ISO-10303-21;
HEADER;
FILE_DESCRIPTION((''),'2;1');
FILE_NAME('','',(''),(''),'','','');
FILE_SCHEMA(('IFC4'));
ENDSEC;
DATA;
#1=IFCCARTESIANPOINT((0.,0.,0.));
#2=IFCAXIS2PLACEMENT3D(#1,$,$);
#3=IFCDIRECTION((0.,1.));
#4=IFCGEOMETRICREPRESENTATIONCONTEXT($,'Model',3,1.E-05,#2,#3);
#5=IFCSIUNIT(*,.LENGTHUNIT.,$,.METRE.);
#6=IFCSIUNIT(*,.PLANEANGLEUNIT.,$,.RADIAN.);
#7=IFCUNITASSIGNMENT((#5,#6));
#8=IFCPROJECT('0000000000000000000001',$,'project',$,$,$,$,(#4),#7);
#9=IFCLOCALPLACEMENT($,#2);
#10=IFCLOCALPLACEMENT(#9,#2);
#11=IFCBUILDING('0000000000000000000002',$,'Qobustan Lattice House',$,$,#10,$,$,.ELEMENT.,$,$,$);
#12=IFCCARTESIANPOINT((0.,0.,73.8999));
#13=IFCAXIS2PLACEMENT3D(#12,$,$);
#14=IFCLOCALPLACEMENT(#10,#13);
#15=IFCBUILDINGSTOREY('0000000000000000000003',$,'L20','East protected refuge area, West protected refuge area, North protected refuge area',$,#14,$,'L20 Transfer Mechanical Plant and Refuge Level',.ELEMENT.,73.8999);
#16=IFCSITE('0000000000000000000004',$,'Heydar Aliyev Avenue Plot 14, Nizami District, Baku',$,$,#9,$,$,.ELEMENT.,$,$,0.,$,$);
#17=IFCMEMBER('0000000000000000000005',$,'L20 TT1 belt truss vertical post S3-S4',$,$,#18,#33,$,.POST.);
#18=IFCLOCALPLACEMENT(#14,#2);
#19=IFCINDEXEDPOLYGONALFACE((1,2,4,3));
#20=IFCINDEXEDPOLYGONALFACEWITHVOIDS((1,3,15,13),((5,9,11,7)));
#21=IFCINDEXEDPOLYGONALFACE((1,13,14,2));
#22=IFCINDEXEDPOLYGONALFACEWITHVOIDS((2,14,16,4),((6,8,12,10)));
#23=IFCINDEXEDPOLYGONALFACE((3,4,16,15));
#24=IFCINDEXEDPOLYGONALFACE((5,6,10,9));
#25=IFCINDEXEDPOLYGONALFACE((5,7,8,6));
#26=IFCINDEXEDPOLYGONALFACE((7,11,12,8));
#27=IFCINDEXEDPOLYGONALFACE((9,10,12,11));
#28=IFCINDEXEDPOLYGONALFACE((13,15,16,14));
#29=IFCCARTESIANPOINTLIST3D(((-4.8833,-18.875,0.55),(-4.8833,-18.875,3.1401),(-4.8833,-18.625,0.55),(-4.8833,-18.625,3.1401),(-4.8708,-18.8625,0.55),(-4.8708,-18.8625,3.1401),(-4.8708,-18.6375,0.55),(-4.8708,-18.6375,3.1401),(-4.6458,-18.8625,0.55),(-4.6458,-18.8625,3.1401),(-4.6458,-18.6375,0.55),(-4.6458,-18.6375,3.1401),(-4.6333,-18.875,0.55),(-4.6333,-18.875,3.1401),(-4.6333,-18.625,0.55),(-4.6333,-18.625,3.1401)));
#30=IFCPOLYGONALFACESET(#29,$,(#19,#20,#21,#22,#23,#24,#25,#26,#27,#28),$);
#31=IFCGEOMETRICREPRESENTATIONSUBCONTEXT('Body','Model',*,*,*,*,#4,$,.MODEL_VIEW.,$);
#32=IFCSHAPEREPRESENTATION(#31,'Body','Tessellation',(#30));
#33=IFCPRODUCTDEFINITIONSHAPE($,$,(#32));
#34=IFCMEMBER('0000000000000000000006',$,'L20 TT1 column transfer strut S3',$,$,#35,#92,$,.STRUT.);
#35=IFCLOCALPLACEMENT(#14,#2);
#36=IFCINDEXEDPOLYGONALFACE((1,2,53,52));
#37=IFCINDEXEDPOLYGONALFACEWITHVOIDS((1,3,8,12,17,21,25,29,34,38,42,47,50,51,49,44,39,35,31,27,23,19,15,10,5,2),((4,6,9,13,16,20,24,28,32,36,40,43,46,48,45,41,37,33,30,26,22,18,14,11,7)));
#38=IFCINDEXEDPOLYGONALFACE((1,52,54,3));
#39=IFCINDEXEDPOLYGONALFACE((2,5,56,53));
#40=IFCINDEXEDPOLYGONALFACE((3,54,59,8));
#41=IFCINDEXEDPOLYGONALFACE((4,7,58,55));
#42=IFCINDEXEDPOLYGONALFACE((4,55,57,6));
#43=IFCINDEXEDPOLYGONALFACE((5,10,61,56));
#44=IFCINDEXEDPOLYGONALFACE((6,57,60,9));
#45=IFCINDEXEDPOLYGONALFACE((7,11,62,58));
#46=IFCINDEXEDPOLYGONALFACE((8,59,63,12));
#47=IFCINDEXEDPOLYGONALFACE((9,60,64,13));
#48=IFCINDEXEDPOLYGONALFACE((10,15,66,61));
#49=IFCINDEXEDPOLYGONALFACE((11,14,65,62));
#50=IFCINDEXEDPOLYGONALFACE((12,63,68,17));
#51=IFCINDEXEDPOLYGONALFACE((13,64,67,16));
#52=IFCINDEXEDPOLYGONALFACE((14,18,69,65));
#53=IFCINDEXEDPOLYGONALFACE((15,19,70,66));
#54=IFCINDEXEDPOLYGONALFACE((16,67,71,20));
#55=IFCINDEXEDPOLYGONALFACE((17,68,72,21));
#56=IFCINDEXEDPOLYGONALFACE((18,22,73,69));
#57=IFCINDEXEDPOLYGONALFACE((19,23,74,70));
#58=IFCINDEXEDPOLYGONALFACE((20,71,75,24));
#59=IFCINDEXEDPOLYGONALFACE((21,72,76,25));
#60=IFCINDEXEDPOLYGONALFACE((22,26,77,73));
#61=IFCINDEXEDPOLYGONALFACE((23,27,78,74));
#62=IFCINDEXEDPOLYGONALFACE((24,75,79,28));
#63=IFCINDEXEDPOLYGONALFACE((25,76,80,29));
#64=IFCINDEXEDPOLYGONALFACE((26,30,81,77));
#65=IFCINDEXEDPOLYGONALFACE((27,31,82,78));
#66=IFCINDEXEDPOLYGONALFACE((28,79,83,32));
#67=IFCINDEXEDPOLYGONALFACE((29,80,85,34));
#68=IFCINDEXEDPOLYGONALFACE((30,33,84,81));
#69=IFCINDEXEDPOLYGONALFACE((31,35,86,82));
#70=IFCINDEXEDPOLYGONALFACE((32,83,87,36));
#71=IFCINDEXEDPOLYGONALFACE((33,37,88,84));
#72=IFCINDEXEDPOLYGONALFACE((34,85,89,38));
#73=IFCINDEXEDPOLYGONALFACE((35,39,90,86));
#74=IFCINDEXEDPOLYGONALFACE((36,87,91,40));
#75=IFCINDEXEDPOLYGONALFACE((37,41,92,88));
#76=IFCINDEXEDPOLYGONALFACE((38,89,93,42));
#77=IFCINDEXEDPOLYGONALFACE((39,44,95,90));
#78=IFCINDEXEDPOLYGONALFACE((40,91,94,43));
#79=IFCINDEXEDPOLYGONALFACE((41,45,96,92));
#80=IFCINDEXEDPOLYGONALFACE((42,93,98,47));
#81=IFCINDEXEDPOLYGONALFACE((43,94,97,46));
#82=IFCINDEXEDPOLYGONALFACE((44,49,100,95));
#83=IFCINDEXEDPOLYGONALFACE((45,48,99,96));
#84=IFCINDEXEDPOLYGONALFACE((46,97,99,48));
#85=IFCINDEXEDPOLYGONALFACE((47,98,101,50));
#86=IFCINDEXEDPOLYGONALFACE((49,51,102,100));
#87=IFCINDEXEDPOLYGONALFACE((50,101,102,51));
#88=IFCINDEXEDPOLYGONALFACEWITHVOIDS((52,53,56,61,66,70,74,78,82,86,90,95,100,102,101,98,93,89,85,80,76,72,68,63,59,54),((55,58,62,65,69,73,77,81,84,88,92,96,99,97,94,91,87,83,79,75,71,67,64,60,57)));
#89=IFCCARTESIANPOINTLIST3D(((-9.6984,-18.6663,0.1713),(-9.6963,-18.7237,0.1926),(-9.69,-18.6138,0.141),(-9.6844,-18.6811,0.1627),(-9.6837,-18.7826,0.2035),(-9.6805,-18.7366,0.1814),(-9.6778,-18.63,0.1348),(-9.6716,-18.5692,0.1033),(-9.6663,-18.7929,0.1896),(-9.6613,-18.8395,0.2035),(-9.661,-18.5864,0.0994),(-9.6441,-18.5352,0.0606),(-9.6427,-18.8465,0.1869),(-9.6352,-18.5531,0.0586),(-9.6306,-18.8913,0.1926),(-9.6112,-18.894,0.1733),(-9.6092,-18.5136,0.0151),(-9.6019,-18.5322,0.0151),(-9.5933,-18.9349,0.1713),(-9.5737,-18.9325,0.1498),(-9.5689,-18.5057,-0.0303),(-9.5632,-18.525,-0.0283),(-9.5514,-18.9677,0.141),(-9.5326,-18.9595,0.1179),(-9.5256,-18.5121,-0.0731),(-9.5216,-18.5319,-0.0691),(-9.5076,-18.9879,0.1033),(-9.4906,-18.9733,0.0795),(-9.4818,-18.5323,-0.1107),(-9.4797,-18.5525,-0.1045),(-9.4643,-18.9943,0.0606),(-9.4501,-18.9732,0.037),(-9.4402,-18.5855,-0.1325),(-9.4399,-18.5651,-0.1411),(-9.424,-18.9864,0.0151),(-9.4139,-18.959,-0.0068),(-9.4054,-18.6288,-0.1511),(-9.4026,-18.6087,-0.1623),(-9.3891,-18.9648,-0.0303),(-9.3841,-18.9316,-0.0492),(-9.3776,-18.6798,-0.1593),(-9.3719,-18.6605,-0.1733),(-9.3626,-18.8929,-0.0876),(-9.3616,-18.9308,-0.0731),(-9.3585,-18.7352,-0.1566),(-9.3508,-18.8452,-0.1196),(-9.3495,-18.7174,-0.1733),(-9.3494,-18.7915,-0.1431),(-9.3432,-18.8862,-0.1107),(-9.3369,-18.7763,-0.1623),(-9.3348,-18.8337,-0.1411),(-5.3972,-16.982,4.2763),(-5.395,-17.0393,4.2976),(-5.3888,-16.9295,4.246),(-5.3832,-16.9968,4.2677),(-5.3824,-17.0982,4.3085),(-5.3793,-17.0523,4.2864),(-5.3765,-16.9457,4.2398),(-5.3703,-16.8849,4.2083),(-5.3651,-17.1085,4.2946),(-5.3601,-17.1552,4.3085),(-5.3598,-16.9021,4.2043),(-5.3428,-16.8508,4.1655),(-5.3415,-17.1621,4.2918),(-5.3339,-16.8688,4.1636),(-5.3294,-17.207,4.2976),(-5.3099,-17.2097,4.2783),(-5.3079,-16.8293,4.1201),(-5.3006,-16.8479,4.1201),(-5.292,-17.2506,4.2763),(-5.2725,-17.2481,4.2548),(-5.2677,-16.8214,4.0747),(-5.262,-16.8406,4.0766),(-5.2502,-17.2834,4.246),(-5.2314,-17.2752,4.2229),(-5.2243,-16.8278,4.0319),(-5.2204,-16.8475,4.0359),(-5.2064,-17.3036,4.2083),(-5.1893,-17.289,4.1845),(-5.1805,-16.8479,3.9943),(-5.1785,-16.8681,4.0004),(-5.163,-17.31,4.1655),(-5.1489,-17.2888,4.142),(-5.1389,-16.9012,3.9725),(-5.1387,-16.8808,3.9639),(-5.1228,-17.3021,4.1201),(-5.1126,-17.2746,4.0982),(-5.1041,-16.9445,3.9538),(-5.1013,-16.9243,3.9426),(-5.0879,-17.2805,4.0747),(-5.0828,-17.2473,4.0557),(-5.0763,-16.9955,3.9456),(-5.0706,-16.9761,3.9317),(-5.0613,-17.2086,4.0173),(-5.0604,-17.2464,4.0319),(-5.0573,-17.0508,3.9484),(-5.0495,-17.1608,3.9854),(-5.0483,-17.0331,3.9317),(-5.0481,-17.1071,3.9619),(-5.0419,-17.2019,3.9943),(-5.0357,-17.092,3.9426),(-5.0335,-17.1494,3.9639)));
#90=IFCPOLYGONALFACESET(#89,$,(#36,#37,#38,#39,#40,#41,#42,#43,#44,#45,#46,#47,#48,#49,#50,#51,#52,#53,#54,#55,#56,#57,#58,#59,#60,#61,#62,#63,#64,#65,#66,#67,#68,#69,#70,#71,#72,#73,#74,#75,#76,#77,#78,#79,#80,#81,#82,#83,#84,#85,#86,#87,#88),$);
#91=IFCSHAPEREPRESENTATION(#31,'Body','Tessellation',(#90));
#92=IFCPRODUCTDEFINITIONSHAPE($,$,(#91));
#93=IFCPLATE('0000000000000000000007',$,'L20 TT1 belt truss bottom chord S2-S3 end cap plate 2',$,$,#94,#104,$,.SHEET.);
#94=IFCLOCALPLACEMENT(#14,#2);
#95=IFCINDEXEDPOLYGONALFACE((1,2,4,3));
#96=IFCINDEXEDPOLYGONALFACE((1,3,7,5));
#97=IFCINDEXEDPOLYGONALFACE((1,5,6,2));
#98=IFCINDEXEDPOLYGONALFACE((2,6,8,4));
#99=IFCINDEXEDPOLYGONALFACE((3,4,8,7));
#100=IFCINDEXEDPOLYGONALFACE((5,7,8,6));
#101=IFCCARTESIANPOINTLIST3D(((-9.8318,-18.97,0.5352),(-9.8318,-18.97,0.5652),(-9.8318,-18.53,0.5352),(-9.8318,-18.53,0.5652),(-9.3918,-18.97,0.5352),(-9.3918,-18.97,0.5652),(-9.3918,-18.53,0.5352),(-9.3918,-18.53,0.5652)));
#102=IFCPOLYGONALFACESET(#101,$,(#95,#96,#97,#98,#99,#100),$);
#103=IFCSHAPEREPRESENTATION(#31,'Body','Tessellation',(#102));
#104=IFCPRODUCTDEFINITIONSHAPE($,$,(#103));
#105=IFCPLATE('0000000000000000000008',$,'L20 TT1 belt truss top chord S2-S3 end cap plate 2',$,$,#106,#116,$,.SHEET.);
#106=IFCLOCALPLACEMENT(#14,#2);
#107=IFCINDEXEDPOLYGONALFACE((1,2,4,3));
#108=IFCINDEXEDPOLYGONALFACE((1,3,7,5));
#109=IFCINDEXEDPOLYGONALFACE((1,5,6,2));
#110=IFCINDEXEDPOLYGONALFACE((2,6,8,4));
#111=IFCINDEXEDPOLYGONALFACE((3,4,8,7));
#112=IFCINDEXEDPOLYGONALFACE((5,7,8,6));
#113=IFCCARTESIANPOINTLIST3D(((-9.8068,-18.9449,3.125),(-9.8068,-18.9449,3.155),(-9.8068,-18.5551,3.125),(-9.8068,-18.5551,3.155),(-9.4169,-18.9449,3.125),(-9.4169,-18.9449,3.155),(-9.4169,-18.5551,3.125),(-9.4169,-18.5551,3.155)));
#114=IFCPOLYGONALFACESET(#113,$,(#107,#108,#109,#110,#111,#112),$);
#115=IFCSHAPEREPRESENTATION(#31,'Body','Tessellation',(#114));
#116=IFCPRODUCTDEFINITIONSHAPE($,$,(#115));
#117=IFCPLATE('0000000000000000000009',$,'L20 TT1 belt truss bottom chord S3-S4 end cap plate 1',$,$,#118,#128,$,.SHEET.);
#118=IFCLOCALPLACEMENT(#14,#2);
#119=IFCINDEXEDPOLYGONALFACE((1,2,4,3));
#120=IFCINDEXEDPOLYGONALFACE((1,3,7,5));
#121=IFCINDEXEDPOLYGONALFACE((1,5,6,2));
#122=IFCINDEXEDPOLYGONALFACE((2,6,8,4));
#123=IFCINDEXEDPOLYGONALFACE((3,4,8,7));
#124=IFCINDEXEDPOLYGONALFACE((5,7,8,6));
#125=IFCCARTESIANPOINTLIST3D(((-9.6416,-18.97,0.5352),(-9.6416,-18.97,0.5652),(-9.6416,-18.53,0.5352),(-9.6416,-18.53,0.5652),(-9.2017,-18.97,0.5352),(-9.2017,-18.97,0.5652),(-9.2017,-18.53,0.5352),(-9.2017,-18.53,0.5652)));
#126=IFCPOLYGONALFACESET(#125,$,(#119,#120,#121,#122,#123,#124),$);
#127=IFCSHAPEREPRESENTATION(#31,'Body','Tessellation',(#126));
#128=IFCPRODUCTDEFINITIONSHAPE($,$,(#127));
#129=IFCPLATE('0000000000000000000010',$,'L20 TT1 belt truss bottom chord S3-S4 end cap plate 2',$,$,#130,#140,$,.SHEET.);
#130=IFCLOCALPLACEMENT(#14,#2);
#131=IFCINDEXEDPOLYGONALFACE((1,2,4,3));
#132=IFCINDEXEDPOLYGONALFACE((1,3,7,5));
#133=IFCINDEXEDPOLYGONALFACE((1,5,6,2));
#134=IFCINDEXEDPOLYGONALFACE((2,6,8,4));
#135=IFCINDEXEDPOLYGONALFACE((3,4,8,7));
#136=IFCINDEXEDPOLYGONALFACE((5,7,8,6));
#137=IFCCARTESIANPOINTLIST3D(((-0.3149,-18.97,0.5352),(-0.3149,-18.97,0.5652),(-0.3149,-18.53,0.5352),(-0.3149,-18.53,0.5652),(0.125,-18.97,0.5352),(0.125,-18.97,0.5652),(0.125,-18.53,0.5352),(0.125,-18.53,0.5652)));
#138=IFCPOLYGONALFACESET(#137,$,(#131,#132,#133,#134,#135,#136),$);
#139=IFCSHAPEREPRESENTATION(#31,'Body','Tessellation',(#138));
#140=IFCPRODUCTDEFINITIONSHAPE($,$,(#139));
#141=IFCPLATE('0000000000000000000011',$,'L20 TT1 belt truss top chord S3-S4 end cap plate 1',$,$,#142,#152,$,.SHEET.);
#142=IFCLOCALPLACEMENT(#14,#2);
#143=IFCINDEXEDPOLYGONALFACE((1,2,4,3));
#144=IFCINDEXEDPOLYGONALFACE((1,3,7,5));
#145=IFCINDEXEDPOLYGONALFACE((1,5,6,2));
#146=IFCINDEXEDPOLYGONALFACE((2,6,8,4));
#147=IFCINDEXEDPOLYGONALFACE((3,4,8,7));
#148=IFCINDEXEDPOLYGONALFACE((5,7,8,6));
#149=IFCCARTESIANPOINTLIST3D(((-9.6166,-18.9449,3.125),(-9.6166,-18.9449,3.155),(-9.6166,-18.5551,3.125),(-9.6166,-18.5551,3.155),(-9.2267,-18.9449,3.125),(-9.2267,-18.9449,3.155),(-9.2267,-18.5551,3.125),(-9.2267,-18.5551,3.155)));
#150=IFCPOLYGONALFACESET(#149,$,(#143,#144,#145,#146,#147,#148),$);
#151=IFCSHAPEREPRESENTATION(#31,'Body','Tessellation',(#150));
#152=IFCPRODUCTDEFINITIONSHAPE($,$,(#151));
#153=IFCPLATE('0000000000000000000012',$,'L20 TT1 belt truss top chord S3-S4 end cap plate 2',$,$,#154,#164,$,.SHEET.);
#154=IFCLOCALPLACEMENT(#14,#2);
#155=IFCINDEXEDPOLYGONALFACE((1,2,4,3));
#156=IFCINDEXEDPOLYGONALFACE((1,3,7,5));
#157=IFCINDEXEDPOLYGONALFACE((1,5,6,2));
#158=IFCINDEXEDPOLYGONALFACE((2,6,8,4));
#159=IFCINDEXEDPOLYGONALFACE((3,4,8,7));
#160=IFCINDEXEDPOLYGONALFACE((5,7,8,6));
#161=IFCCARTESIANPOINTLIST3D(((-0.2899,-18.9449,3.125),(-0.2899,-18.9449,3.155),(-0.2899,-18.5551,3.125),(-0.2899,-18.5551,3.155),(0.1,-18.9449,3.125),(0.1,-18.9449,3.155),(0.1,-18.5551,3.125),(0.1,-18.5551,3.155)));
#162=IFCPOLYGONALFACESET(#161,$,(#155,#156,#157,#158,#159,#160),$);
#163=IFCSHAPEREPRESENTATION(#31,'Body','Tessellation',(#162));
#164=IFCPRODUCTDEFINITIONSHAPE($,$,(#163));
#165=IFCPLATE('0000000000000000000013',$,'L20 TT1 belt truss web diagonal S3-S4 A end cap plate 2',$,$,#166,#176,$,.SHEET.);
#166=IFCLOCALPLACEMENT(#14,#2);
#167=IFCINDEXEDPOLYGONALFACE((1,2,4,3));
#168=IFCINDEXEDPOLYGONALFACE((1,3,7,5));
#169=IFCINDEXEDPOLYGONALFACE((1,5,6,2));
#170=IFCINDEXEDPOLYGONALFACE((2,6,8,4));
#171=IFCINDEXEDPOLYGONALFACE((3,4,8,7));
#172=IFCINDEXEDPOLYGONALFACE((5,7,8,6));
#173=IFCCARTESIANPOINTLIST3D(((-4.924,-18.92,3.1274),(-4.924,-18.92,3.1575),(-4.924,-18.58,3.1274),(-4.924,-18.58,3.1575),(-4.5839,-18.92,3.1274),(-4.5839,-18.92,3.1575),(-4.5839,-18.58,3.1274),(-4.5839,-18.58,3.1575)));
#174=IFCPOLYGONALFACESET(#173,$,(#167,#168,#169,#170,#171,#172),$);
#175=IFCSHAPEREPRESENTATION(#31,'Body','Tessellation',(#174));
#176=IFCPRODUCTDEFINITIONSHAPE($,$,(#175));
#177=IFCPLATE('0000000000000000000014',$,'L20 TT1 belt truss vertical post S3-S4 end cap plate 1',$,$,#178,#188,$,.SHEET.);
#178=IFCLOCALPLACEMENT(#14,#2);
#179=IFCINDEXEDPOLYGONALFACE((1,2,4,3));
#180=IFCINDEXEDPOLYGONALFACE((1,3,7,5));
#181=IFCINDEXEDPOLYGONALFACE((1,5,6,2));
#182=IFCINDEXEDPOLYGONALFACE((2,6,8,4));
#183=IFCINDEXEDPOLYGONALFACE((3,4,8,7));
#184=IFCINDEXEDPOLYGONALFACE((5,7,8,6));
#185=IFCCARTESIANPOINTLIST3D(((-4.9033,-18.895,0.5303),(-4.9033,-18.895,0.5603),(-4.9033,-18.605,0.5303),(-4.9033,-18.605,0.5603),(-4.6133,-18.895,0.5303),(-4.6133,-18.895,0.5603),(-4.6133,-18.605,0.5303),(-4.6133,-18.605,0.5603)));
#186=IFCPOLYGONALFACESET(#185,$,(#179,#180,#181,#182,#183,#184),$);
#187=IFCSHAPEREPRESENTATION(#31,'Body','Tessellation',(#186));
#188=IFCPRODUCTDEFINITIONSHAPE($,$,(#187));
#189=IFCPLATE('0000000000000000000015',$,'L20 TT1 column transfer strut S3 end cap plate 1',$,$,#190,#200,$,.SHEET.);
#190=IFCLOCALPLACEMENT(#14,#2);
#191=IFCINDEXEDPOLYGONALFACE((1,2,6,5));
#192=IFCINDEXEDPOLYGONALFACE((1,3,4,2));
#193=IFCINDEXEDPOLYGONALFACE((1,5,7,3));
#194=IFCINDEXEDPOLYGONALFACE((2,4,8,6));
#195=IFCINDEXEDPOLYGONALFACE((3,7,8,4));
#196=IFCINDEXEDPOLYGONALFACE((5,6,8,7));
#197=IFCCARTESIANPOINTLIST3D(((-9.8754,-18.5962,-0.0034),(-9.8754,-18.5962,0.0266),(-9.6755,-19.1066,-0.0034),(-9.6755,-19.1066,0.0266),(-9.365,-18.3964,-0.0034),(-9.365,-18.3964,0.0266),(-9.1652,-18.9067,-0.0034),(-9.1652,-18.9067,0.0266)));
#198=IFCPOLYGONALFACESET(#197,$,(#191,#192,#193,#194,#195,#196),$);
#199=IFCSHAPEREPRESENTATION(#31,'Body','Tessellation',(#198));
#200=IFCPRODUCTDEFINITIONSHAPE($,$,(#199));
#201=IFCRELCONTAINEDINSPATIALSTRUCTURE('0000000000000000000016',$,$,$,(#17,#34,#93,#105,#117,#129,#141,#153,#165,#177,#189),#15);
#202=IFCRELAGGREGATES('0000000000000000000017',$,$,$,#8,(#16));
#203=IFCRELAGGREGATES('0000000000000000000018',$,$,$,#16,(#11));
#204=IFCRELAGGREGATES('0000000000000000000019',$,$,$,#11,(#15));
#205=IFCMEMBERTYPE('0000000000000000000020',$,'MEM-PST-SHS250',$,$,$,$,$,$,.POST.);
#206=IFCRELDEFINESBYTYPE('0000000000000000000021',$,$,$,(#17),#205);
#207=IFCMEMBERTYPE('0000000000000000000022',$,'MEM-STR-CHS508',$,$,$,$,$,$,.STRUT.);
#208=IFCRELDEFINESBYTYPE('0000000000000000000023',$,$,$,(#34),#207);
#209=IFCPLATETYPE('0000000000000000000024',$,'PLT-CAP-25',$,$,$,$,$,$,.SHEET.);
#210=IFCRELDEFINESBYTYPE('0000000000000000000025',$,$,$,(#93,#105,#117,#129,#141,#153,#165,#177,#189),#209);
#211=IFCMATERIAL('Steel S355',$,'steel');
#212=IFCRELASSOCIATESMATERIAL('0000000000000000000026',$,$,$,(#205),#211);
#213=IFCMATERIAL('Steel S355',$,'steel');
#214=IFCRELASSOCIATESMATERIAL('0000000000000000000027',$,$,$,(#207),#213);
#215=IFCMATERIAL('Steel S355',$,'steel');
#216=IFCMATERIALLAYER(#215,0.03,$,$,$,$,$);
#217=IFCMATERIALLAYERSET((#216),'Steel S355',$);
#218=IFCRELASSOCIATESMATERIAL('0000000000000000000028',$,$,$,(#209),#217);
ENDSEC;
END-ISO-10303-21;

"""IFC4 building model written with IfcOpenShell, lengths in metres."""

from ifc_helpers import new_model, si_unit, direction, frame, origin, origin_2d, place, context, subcontext, project, spatial, rectangle, hollow_rectangle, hollow_circle, extrude, material, layer, layer_set, material_profile, profile_set, type_object, element, save


model = new_model("IFC4")

# Units and contexts
model_context = context("Model", 3, precision=1e-05, world=origin(), true_north=direction((0.0, 1.0)))
body_context = subcontext(model_context, "Body", "Model", "MODEL_VIEW")
ifc_project = project(units=[si_unit("LENGTHUNIT", "METRE"), si_unit("PLANEANGLEUNIT", "RADIAN")], contexts=[model_context])

# Site, building, storey
site_placement = place(None, origin())
site = spatial("IfcSite", under=ifc_project, at=site_placement, Name="Heydar Aliyev Avenue Plot 14, Nizami District, Baku", CompositionType="ELEMENT", RefElevation=0.0)
building_placement = place(site_placement, origin())
building = spatial("IfcBuilding", under=site, at=building_placement, Name="Qobustan Lattice House", CompositionType="ELEMENT")
storey_placement = place(building_placement, frame((0.0, 0.0, 73.8999)))
storey = spatial("IfcBuildingStorey", under=building, at=storey_placement, Name="L20", Description="East protected refuge area, West protected refuge area, North protected refuge area", LongName="L20 Transfer Mechanical Plant and Refuge Level", CompositionType="ELEMENT", Elevation=73.8999)

# Members
ifc_material_1 = material(Name="Steel S355", Category="steel")
ifc_material_profile_1 = material_profile(ifc_material_1, hollow_rectangle(XDim=0.25, YDim=0.25, WallThickness=0.0125, at=origin_2d()), Name="SHS250x250x12.5")
ifc_profile_set_1 = profile_set([ifc_material_profile_1], Name="Steel S355")
member_type_1 = type_object("IfcMemberType", Name="MEM-PST-SHS250", PredefinedType="POST", material=ifc_profile_set_1)
member_1_placement = place(storey_placement, frame((-4.7583, -18.75, 0.55), z_axis=(0.0, 0.0, 1.0), x_axis=(1.0, 0.0, 0.0)))
element("IfcMember", 1, at=member_1_placement, inside=storey, type_object=member_type_1, Name="L20 TT1 belt truss vertical post S3-S4", PredefinedType="POST", context=body_context, shape_type="SweptSolid", body=[
    extrude(hollow_rectangle(XDim=0.25, YDim=0.25, WallThickness=0.0125, at=origin_2d()), origin(), (0.0, 0.0, 1.0), 2.5901),
])
ifc_material_2 = material(Name="Steel S355", Category="steel")
ifc_material_profile_2 = material_profile(ifc_material_2, hollow_circle(Radius=0.2539, WallThickness=0.02, at=origin_2d()), Name="CHS508x20")
ifc_profile_set_2 = profile_set([ifc_material_profile_2], Name="Steel S355")
member_type_2 = type_object("IfcMemberType", Name="MEM-STR-CHS508", PredefinedType="STRUT", material=ifc_profile_set_2)
member_2_placement = place(storey_placement, frame((-9.5166, -18.75, 0.0151), z_axis=(0.696032, 0.272558, 0.664268), x_axis=(-0.364629, 0.931153, 0.0)))
element("IfcMember", 2, at=member_2_placement, inside=storey, type_object=member_type_2, Name="L20 TT1 column transfer strut S3", PredefinedType="STRUT", context=body_context, shape_type="SweptSolid", body=[
    extrude(hollow_circle(Radius=0.2539, WallThickness=0.02, at=origin_2d()), origin(), (0.0, 0.0, 1.0), 6.1797),
])

# Plates
ifc_material_3 = material(Name="Steel S355", Category="steel")
ifc_layer = layer(ifc_material_3, 0.03)
ifc_layer_set = layer_set([ifc_layer], Name="Steel S355")
plate_type = type_object("IfcPlateType", Name="PLT-CAP-25", PredefinedType="SHEET", material=ifc_layer_set)
plate_1_placement = place(storey_placement, frame((-9.6118, -18.75, 0.5352), z_axis=(0.0, 0.0, 1.0), x_axis=(1.0, 0.0, 0.0)))
element("IfcPlate", 3, at=plate_1_placement, inside=storey, type_object=plate_type, Name="L20 TT1 belt truss bottom chord S2-S3 end cap plate 2", PredefinedType="SHEET", context=body_context, shape_type="SweptSolid", body=[
    extrude(rectangle(XDim=0.4399, YDim=0.4399, at=origin_2d()), origin(), (0.0, 0.0, 1.0), 0.03),
])
plate_2_placement = place(storey_placement, frame((-9.6118, -18.75, 3.125), z_axis=(0.0, 0.0, 1.0), x_axis=(1.0, 0.0, 0.0)))
element("IfcPlate", 4, at=plate_2_placement, inside=storey, type_object=plate_type, Name="L20 TT1 belt truss top chord S2-S3 end cap plate 2", PredefinedType="SHEET", context=body_context, shape_type="SweptSolid", body=[
    extrude(rectangle(XDim=0.3899, YDim=0.3899, at=origin_2d()), origin(), (0.0, 0.0, 1.0), 0.03),
])
for number, where, z_axis, x_axis, name in (
    (5, (-9.4216, -18.75, 0.5352), (0.0, 0.0, 1.0), (1.0, 0.0, 0.0), "L20 TT1 belt truss bottom chord S3-S4 end cap plate 1"),
    (6, (-0.095, -18.75, 0.5352), (0.0, 0.0, 1.0), (1.0, 0.0, 0.0), "L20 TT1 belt truss bottom chord S3-S4 end cap plate 2"),
):
    element("IfcPlate", number, at=place(storey_placement, frame(where, z_axis=z_axis, x_axis=x_axis)), inside=storey, type_object=plate_type, Name=name, PredefinedType="SHEET", context=body_context, shape_type="SweptSolid", body=[
        extrude(rectangle(XDim=0.4399, YDim=0.4399, at=origin_2d()), origin(), (0.0, 0.0, 1.0), 0.03),
    ])
for number, where, z_axis, x_axis, name in (
    (7, (-9.4216, -18.75, 3.125), (0.0, 0.0, 1.0), (1.0, 0.0, 0.0), "L20 TT1 belt truss top chord S3-S4 end cap plate 1"),
    (8, (-0.095, -18.75, 3.125), (0.0, 0.0, 1.0), (1.0, 0.0, 0.0), "L20 TT1 belt truss top chord S3-S4 end cap plate 2"),
):
    element("IfcPlate", number, at=place(storey_placement, frame(where, z_axis=z_axis, x_axis=x_axis)), inside=storey, type_object=plate_type, Name=name, PredefinedType="SHEET", context=body_context, shape_type="SweptSolid", body=[
        extrude(rectangle(XDim=0.3899, YDim=0.3899, at=origin_2d()), origin(), (0.0, 0.0, 1.0), 0.03),
    ])
plate_3_placement = place(storey_placement, frame((-4.7539, -18.75, 3.1274), z_axis=(0.0, 0.0, 1.0), x_axis=(1.0, 0.0, 0.0)))
element("IfcPlate", 9, at=plate_3_placement, inside=storey, type_object=plate_type, Name="L20 TT1 belt truss web diagonal S3-S4 A end cap plate 2", PredefinedType="SHEET", context=body_context, shape_type="SweptSolid", body=[
    extrude(rectangle(XDim=0.3401, YDim=0.3401, at=origin_2d()), origin(), (0.0, 0.0, 1.0), 0.03),
])
plate_4_placement = place(storey_placement, frame((-4.7583, -18.75, 0.5303), z_axis=(0.0, 0.0, 1.0), x_axis=(1.0, 0.0, 0.0)))
element("IfcPlate", 10, at=plate_4_placement, inside=storey, type_object=plate_type, Name="L20 TT1 belt truss vertical post S3-S4 end cap plate 1", PredefinedType="SHEET", context=body_context, shape_type="SweptSolid", body=[
    extrude(rectangle(XDim=0.29, YDim=0.29, at=origin_2d()), origin(), (0.0, 0.0, 1.0), 0.03),
])
for number, where, z_axis, x_axis, name in (
    (11, (-9.5203, -18.7515, -0.0034), (0.0, 0.0, 1.0), (0.931158, 0.364617, 0.0), "L20 TT1 column transfer strut S3 end cap plate 1"),
):
    element("IfcPlate", number, at=place(storey_placement, frame(where, z_axis=z_axis, x_axis=x_axis)), inside=storey, type_object=plate_type, Name=name, PredefinedType="SHEET", context=body_context, shape_type="SweptSolid", body=[
        extrude(rectangle(XDim=0.5481, YDim=0.5481, at=origin_2d()), origin(), (0.0, 0.0, 1.0), 0.03),
    ])

save(model, "model.ifc")
